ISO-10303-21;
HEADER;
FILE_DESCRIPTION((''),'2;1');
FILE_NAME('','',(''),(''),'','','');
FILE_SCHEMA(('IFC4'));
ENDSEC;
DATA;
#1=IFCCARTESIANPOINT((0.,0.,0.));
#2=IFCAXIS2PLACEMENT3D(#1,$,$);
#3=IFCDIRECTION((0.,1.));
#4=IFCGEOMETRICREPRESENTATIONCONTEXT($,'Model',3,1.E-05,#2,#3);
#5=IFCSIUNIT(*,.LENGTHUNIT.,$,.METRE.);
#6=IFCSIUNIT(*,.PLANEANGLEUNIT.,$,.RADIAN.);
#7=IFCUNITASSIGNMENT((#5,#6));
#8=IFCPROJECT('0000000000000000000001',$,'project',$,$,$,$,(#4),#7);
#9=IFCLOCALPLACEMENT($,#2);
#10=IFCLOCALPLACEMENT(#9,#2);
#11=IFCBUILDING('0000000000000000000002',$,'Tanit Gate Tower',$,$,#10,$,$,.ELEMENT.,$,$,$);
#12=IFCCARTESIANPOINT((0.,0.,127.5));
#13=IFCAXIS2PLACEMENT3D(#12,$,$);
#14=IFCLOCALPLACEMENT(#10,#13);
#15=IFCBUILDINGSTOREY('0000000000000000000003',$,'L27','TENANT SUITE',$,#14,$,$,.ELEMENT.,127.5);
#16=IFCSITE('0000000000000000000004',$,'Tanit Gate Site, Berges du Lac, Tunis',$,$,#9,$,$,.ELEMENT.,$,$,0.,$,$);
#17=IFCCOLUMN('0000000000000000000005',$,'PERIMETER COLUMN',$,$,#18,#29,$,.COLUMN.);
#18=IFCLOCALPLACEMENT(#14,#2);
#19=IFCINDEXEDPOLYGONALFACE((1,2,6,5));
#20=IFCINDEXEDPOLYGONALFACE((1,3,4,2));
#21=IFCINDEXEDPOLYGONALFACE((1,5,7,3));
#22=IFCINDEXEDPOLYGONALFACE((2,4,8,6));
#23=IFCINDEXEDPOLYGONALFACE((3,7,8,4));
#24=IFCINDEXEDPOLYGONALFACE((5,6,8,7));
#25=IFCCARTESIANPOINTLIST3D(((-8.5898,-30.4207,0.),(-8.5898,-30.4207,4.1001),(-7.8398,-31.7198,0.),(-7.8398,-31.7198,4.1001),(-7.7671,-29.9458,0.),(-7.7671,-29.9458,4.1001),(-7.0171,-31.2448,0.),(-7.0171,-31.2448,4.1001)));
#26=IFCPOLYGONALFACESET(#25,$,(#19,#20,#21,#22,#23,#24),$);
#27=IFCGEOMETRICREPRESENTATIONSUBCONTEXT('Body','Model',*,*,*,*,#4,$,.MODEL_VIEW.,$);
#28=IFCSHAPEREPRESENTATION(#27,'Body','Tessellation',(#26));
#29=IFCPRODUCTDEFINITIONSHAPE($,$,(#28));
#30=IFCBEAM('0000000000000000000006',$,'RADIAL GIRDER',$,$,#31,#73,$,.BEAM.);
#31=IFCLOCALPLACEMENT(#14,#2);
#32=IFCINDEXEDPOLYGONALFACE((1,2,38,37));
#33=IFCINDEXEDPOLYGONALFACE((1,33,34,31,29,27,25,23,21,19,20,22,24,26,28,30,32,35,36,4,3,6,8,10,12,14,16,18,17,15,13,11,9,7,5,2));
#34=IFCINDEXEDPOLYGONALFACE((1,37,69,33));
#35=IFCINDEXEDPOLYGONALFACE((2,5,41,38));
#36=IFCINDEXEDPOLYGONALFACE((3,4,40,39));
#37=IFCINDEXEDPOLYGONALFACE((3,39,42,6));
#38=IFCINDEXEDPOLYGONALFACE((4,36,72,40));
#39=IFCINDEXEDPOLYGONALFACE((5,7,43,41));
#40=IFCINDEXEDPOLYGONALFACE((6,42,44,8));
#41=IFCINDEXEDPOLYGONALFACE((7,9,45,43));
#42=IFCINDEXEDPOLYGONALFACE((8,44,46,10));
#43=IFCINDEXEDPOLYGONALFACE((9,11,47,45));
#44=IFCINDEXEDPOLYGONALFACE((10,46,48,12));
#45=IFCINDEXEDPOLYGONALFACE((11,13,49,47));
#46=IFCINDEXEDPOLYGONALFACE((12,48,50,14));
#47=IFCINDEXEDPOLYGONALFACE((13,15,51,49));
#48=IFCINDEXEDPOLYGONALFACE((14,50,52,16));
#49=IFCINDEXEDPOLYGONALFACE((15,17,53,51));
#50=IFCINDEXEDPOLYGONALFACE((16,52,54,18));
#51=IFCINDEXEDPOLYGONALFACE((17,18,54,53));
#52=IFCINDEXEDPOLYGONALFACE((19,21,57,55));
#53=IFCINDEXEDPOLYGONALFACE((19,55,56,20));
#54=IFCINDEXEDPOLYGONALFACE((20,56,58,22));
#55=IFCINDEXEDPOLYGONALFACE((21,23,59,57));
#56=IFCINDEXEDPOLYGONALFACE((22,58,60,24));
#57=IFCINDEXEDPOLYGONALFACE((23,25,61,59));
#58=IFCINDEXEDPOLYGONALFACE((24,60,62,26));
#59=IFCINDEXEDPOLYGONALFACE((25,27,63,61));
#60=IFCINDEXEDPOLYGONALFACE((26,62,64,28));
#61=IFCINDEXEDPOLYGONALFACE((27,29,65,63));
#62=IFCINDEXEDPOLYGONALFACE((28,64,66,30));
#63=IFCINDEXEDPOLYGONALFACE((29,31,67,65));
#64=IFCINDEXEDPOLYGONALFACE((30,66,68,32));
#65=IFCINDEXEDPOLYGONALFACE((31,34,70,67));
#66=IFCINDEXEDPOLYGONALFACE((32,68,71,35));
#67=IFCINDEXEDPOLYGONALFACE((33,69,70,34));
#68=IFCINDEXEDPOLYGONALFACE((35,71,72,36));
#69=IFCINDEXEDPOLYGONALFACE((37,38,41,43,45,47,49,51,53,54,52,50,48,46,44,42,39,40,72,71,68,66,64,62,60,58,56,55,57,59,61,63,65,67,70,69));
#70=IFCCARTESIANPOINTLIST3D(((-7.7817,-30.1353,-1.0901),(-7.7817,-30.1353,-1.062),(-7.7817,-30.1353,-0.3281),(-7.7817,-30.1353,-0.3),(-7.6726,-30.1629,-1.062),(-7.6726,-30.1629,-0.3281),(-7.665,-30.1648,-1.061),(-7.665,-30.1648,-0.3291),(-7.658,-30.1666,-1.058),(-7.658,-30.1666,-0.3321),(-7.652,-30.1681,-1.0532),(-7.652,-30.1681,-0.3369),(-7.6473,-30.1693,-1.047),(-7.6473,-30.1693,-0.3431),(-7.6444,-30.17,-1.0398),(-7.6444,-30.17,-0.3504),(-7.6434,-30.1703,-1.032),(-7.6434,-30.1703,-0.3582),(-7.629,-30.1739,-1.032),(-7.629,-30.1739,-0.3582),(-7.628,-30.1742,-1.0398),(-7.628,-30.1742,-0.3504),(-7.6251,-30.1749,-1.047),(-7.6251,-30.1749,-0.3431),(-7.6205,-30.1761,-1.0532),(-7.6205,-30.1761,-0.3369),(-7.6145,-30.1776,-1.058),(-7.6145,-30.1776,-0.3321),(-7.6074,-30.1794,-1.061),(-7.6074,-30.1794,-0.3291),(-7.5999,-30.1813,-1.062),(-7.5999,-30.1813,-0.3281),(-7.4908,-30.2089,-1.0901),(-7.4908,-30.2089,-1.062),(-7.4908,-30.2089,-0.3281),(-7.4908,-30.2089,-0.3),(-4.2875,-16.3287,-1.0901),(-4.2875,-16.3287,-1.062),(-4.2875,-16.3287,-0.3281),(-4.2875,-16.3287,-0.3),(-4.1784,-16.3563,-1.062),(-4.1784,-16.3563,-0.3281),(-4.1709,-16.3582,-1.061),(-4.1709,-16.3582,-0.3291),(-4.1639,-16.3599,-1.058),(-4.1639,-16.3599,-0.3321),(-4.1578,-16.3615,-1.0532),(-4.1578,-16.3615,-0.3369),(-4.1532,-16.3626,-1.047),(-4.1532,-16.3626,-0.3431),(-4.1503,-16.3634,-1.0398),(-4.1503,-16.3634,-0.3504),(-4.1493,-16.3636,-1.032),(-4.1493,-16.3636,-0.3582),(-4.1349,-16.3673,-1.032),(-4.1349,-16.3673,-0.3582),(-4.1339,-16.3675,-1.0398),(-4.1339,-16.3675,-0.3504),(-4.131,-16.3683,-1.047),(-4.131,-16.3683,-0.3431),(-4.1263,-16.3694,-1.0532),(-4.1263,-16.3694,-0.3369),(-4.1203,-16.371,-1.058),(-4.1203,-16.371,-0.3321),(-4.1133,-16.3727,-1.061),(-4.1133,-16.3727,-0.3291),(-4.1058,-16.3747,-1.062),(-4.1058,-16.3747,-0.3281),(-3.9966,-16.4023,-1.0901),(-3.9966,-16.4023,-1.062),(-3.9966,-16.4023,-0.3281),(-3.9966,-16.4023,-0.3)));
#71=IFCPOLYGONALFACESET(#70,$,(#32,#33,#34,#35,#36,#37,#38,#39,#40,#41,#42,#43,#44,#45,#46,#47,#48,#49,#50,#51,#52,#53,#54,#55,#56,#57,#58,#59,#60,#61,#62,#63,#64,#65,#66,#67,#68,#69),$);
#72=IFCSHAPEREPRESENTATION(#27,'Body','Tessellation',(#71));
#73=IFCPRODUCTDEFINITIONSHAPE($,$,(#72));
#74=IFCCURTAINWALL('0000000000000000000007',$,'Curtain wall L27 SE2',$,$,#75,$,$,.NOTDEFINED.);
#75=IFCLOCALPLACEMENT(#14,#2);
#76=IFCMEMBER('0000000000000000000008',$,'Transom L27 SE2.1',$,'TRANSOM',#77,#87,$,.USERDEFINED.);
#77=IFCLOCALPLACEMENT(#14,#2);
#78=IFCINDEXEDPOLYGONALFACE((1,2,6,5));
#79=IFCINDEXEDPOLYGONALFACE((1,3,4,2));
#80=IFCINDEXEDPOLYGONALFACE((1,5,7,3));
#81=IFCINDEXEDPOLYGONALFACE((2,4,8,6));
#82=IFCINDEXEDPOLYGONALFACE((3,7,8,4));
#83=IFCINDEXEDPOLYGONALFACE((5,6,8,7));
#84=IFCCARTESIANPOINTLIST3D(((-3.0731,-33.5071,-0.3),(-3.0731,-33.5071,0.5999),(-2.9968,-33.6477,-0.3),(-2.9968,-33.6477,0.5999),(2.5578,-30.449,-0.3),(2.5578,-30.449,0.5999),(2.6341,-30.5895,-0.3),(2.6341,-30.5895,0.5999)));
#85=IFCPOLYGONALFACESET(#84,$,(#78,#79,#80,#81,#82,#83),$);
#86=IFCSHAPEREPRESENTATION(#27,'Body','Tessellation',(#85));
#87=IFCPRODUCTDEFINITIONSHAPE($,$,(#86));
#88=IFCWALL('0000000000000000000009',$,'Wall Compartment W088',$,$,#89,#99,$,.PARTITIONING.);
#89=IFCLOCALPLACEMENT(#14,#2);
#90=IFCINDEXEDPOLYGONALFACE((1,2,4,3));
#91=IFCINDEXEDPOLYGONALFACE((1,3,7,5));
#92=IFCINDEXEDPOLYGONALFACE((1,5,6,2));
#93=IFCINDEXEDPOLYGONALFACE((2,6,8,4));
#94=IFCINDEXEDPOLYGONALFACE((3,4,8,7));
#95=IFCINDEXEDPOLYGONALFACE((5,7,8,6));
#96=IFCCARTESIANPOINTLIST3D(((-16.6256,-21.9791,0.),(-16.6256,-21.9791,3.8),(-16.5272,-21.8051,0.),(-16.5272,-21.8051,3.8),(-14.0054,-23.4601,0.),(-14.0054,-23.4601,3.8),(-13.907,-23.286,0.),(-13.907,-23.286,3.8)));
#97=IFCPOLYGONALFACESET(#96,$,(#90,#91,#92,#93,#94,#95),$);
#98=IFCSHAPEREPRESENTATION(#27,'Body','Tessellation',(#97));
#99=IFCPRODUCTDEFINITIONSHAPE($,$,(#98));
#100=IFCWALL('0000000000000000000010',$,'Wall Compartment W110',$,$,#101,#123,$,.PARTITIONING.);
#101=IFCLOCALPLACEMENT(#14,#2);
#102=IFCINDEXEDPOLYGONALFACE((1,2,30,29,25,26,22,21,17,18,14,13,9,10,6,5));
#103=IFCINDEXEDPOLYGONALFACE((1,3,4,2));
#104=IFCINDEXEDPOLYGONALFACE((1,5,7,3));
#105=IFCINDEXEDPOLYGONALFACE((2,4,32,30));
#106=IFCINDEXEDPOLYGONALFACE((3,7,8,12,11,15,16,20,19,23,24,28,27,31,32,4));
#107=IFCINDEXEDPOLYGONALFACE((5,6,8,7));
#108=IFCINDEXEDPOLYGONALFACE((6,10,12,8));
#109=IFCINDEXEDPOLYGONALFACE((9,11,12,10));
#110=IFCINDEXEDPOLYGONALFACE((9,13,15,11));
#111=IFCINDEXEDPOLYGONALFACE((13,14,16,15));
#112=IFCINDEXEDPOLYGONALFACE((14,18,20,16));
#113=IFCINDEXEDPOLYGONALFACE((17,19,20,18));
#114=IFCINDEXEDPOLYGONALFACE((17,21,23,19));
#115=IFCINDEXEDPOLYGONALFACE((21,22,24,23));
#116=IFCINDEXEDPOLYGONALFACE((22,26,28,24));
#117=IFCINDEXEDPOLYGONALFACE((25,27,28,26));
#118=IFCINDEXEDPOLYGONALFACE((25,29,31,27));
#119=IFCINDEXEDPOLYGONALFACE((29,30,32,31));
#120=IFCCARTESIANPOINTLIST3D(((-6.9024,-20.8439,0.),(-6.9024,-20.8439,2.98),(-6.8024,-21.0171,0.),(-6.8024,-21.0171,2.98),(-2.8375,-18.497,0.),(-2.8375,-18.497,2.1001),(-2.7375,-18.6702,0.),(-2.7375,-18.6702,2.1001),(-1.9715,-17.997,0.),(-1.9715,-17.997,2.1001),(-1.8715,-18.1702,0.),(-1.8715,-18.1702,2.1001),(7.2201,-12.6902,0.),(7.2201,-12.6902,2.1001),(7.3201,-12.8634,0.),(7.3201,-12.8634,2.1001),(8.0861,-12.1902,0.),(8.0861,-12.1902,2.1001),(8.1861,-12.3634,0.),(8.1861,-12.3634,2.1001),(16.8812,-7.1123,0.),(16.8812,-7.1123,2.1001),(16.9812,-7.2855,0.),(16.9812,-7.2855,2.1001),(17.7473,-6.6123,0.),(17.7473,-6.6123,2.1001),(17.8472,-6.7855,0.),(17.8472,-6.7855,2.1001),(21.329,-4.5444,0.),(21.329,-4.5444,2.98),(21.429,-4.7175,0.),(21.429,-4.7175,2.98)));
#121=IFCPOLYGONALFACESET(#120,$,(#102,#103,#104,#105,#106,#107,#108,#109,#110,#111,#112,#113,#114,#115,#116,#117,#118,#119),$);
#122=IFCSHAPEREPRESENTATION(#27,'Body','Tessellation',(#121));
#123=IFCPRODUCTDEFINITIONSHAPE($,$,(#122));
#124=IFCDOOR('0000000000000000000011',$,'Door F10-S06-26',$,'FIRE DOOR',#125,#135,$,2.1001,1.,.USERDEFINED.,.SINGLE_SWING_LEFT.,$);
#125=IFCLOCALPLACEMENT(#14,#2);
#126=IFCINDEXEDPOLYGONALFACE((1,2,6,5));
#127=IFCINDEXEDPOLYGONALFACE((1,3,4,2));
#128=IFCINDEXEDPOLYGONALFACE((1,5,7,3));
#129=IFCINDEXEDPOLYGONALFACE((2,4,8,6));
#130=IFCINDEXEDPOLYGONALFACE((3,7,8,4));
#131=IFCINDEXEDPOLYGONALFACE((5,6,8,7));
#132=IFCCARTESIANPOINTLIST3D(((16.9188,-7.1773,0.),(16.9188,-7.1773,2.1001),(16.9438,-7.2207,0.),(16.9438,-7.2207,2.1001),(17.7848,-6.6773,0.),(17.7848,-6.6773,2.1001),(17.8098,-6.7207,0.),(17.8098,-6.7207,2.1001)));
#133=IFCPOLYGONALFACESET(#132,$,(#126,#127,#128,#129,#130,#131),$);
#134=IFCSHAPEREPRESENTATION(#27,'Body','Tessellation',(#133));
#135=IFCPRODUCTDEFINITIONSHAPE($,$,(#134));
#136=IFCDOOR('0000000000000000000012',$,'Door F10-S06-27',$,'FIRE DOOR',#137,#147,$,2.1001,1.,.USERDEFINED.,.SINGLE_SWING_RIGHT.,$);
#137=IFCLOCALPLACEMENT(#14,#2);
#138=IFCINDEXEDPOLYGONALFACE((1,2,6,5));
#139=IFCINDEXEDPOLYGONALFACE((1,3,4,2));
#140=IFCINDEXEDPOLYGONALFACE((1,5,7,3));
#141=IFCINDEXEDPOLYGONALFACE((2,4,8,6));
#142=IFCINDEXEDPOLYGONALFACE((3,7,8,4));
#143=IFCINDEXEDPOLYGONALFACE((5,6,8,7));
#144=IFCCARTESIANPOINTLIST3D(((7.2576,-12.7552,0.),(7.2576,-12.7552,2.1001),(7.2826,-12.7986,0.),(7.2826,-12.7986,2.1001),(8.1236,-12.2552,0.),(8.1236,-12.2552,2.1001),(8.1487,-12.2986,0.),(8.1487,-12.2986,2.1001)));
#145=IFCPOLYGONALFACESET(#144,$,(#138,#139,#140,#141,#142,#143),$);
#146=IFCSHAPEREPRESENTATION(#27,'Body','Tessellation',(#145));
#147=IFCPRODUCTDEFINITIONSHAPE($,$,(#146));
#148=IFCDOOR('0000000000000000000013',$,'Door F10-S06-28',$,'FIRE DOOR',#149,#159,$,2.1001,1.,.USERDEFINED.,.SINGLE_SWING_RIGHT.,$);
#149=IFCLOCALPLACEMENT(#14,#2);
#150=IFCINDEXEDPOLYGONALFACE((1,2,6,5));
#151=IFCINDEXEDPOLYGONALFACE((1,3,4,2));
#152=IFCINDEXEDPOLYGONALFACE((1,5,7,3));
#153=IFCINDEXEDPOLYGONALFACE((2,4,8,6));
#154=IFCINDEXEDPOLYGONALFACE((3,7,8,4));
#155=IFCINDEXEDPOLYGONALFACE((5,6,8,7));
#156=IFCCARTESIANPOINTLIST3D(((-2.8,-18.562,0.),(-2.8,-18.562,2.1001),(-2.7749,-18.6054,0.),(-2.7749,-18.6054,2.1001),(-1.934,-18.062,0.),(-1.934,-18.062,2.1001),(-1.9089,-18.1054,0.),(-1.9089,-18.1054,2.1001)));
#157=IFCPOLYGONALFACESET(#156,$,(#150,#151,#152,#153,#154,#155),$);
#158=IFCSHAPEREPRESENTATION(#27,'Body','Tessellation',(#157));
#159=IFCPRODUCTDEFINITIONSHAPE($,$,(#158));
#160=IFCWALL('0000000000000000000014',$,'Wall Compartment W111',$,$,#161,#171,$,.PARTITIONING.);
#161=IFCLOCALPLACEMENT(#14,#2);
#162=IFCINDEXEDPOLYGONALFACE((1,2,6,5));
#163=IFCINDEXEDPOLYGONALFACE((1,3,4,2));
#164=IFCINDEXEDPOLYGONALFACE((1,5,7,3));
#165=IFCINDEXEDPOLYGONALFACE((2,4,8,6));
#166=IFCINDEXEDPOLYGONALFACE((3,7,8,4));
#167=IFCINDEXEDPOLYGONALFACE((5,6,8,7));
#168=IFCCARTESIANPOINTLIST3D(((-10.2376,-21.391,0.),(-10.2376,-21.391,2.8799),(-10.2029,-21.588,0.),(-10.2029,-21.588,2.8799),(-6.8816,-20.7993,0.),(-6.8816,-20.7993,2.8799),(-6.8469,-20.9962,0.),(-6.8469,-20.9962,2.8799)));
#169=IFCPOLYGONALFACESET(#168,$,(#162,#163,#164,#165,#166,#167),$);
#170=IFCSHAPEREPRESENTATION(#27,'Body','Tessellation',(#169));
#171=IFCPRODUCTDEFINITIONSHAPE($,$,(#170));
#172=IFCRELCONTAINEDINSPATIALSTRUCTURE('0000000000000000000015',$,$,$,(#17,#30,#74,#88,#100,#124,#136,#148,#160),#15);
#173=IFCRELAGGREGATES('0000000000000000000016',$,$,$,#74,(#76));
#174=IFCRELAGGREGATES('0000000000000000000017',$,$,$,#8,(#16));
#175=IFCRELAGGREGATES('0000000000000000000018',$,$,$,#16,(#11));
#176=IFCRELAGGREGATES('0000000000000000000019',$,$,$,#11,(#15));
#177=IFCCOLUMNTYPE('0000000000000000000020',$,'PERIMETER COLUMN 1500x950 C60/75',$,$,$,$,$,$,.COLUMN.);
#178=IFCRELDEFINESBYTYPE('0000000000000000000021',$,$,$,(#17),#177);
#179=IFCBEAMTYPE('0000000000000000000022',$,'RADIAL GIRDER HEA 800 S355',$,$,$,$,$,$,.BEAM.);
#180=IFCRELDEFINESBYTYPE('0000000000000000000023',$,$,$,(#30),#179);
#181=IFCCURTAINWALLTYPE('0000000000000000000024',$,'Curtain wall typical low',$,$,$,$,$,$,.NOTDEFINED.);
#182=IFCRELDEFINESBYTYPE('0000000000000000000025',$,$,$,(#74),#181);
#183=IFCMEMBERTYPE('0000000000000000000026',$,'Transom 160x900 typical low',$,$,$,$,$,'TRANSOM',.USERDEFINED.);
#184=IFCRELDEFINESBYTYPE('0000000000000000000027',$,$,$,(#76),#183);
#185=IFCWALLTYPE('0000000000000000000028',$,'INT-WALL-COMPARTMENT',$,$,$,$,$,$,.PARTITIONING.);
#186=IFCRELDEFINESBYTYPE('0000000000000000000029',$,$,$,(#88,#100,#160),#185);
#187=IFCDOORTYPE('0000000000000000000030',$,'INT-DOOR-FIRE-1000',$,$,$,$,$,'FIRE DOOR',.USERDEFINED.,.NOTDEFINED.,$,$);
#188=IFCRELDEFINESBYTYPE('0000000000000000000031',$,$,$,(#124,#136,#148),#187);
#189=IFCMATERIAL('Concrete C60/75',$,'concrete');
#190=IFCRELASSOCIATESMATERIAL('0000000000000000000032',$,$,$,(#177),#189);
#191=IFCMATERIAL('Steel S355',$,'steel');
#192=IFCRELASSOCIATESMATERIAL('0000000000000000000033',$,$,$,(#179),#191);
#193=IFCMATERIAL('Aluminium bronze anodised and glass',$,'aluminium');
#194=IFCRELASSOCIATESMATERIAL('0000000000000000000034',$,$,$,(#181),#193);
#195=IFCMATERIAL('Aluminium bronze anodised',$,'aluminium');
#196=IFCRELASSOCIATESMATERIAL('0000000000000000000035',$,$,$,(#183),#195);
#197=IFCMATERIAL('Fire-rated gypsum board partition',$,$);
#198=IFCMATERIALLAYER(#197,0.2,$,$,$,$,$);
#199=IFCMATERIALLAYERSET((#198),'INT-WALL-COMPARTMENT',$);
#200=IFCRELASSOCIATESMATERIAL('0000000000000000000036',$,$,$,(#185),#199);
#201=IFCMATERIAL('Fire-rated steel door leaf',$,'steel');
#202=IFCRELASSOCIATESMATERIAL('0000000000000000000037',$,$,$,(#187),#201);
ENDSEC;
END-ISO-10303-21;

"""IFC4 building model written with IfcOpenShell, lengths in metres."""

from ifc_helpers import new_model, si_unit, direction, frame, frame_2d, origin, origin_2d, place, context, subcontext, project, spatial, rectangle, i_section, extrude, material, layer, layer_set, material_profile, profile_set, type_object, element, fill, aggregate, save


model = new_model("IFC4")

# Units and contexts
model_context = context("Model", 3, precision=1e-05, world=origin(), true_north=direction((0.0, 1.0)))
body_context = subcontext(model_context, "Body", "Model", "MODEL_VIEW")
ifc_project = project(units=[si_unit("LENGTHUNIT", "METRE"), si_unit("PLANEANGLEUNIT", "RADIAN")], contexts=[model_context])

# Site, building, storey
site_placement = place(None, origin())
site = spatial("IfcSite", under=ifc_project, at=site_placement, Name="Tanit Gate Site, Berges du Lac, Tunis", CompositionType="ELEMENT", RefElevation=0.0)
building_placement = place(site_placement, origin())
building = spatial("IfcBuilding", under=site, at=building_placement, Name="Tanit Gate Tower", CompositionType="ELEMENT")
storey_placement = place(building_placement, frame((0.0, 0.0, 127.5)))
storey = spatial("IfcBuildingStorey", under=building, at=storey_placement, Name="L27", Description="TENANT SUITE", CompositionType="ELEMENT", Elevation=127.5)

# Column
ifc_material_1 = material(Name="Concrete C60/75", Category="concrete")
ifc_material_profile_1 = material_profile(ifc_material_1, rectangle(XDim=1.5, YDim=0.95, at=origin_2d()), Name="RC 1500x950")
ifc_profile_set_1 = profile_set([ifc_material_profile_1], Name="Concrete C60/75")
column_type = type_object("IfcColumnType", Name="PERIMETER COLUMN 1500x950 C60/75", PredefinedType="COLUMN", material=ifc_profile_set_1)
column_placement = place(storey_placement, frame((-7.8035, -30.8328, 0.0), z_axis=(0.0, 0.0, 1.0), x_axis=(0.5, -0.866025, 0.0)))
element("IfcColumn", 1, at=column_placement, inside=storey, type_object=column_type, Name="PERIMETER COLUMN", PredefinedType="COLUMN", context=body_context, shape_type="SweptSolid", body=[
    extrude(rectangle(XDim=1.5, YDim=0.95, at=origin_2d()), origin(), (0.0, 0.0, 1.0), 4.1001),
])

# Beam
ifc_material_2 = material(Name="Steel S355", Category="steel")
ifc_material_profile_2 = material_profile(ifc_material_2, i_section(OverallWidth=0.3, OverallDepth=0.79, WebThickness=0.0149, FlangeThickness=0.0281, FilletRadius=0.03, at=origin_2d()), Name="HEA 800")
ifc_profile_set_2 = profile_set([ifc_material_profile_2], Name="Steel S355")
beam_type = type_object("IfcBeamType", Name="RADIAL GIRDER HEA 800 S355", PredefinedType="BEAM", material=ifc_profile_set_2)
beam_placement = place(storey_placement, frame((-7.6362, -30.1721, -0.6951), z_axis=(0.245342, 0.969437, 0.0), x_axis=(-0.969437, 0.245342, 0.0)))
element("IfcBeam", 2, at=beam_placement, inside=storey, type_object=beam_type, Name="RADIAL GIRDER", PredefinedType="BEAM", context=body_context, shape_type="SweptSolid", body=[
    extrude(i_section(OverallWidth=0.3, OverallDepth=0.79, WebThickness=0.0149, FlangeThickness=0.0281, FilletRadius=0.03, at=origin_2d()), origin(), (0.0, 0.0, 1.0), 14.2419),
])

# Curtain wall, member
ifc_material_3 = material(Name="Aluminium bronze anodised and glass", Category="aluminium")
curtain_wall_type = type_object("IfcCurtainWallType", Name="Curtain wall typical low", PredefinedType="NOTDEFINED", material=ifc_material_3)
curtain_wall_placement = place(storey_placement, origin())
curtain_wall = element("IfcCurtainWall", 3, at=curtain_wall_placement, inside=storey, type_object=curtain_wall_type, Name="Curtain wall L27 SE2", PredefinedType="NOTDEFINED")
ifc_material_4 = material(Name="Aluminium bronze anodised", Category="aluminium")
ifc_material_profile_3 = material_profile(ifc_material_4, rectangle(XDim=0.1599, YDim=0.8999, at=origin_2d()), Name="160x900 bronze transom")
ifc_profile_set_3 = profile_set([ifc_material_profile_3], Name="Aluminium bronze anodised")
member_type = type_object("IfcMemberType", Name="Transom 160x900 typical low", ElementType="TRANSOM", PredefinedType="USERDEFINED", material=ifc_profile_set_3)
member_placement = place(storey_placement, frame((-3.0349, -33.5774, 0.1499), z_axis=(0.878765, 0.477255, 0.0), x_axis=(-0.477255, 0.878765, 0.0)))
member = element("IfcMember", 4, at=member_placement, type_object=member_type, Name="Transom L27 SE2.1", ObjectType="TRANSOM", PredefinedType="USERDEFINED", context=body_context, shape_type="SweptSolid", body=[
    extrude(rectangle(XDim=0.1599, YDim=0.8999, at=origin_2d()), origin(), (0.0, 0.0, 1.0), 6.4077),
])
aggregate(curtain_wall, [member])

# Wall
ifc_material_5 = material(Name="Fire-rated gypsum board partition")
ifc_layer_1 = layer(ifc_material_5, 0.2)
ifc_layer_set_1 = layer_set([ifc_layer_1], Name="INT-WALL-COMPARTMENT")
wall_type_1 = type_object("IfcWallType", Name="INT-WALL-COMPARTMENT", PredefinedType="PARTITIONING", material=ifc_layer_set_1)
wall_1_placement = place(storey_placement, frame((-16.5764, -21.8921, 0.0), z_axis=(0.0, 0.0, 1.0), x_axis=(0.87056, -0.492063, 0.0)))
element("IfcWall", 5, at=wall_1_placement, inside=storey, type_object=wall_type_1, Name="Wall Compartment W088", PredefinedType="PARTITIONING", context=body_context, shape_type="SweptSolid", body=[
    extrude(rectangle(XDim=3.0098, YDim=0.2, at=frame_2d((1.5049, 0.0))), origin(), (0.0, 0.0, 1.0), 3.8),
])

# Wall, openings, doors
wall_2_placement = place(storey_placement, frame((-6.8523, -20.9304, 0.0), z_axis=(0.0, 0.0, 1.0), x_axis=(0.866024, 0.500003, 0.0)))
wall_2 = element("IfcWall", 6, at=wall_2_placement, inside=storey, type_object=wall_type_1, Name="Wall Compartment W110", PredefinedType="PARTITIONING", context=body_context, shape_type="SweptSolid", body=[
    extrude(rectangle(XDim=32.5989, YDim=0.2, at=frame_2d((16.2993, 0.0))), origin(), (0.0, 0.0, 1.0), 2.98),
])
opening_1_placement = place(wall_2_placement, frame((27.4629, 0.0, 0.0)))
opening_1 = element("IfcOpeningElement", 7, at=opening_1_placement, cuts=wall_2, PredefinedType="OPENING", context=body_context, shape_type="SweptSolid", body=[
    extrude(rectangle(XDim=1.0, YDim=2.1001, at=frame_2d((0.5, 1.05))), frame((0.0, 0.1099, 0.0), z_axis=(0.0, -1.0, 0.0), x_axis=(1.0, 0.0, 0.0)), (0.0, 0.0, 1.0), 0.22),
])
opening_2_placement = place(wall_2_placement, frame((16.3071, 0.0, 0.0)))
opening_2 = element("IfcOpeningElement", 8, at=opening_2_placement, cuts=wall_2, PredefinedType="OPENING", context=body_context, shape_type="SweptSolid", body=[
    extrude(rectangle(XDim=1.0, YDim=2.1001, at=frame_2d((0.5, 1.05))), frame((0.0, 0.1099, 0.0), z_axis=(0.0, -1.0, 0.0), x_axis=(1.0, 0.0, 0.0)), (0.0, 0.0, 1.0), 0.22),
])
opening_3_placement = place(wall_2_placement, frame((4.6936, 0.0, 0.0)))
opening_3 = element("IfcOpeningElement", 9, at=opening_3_placement, cuts=wall_2, PredefinedType="OPENING", context=body_context, shape_type="SweptSolid", body=[
    extrude(rectangle(XDim=1.0, YDim=2.1001, at=frame_2d((0.5, 1.05))), frame((0.0, 0.1099, 0.0), z_axis=(0.0, -1.0, 0.0), x_axis=(1.0, 0.0, 0.0)), (0.0, 0.0, 1.0), 0.22),
])
ifc_material_6 = material(Name="Fire-rated steel door leaf", Category="steel")
door_type_1 = type_object("IfcDoorType", Name="INT-DOOR-FIRE-1000", ElementType="FIRE DOOR", OperationType="NOTDEFINED", PredefinedType="USERDEFINED", material=ifc_material_6)
door_1_placement = place(opening_1_placement, origin())
door_1 = element("IfcDoor", 10, at=door_1_placement, inside=storey, type_object=door_type_1, Name="Door F10-S06-26", ObjectType="FIRE DOOR", OperationType="SINGLE_SWING_LEFT", OverallHeight=2.1001, OverallWidth=1.0, PredefinedType="USERDEFINED", context=body_context, shape_type="SweptSolid", body=[
    extrude(rectangle(XDim=1.0, YDim=2.1001, at=frame_2d((0.5, 1.05))), frame((0.0, 0.0249, 0.0), z_axis=(0.0, -1.0, 0.0), x_axis=(1.0, 0.0, 0.0)), (0.0, 0.0, 1.0), 0.05),
])
fill(opening_1, door_1)
door_2_placement = place(opening_2_placement, origin())
door_2 = element("IfcDoor", 11, at=door_2_placement, inside=storey, type_object=door_type_1, Name="Door F10-S06-27", ObjectType="FIRE DOOR", OperationType="SINGLE_SWING_RIGHT", OverallHeight=2.1001, OverallWidth=1.0, PredefinedType="USERDEFINED", context=body_context, shape_type="SweptSolid", body=[
    extrude(rectangle(XDim=1.0, YDim=2.1001, at=frame_2d((0.5, 1.05))), frame((0.0, 0.0249, 0.0), z_axis=(0.0, -1.0, 0.0), x_axis=(1.0, 0.0, 0.0)), (0.0, 0.0, 1.0), 0.05),
])
fill(opening_2, door_2)
door_3_placement = place(opening_3_placement, origin())
door_3 = element("IfcDoor", 12, at=door_3_placement, inside=storey, type_object=door_type_1, Name="Door F10-S06-28", ObjectType="FIRE DOOR", OperationType="SINGLE_SWING_RIGHT", OverallHeight=2.1001, OverallWidth=1.0, PredefinedType="USERDEFINED", context=body_context, shape_type="SweptSolid", body=[
    extrude(rectangle(XDim=1.0, YDim=2.1001, at=frame_2d((0.5, 1.05))), frame((0.0, 0.0249, 0.0), z_axis=(0.0, -1.0, 0.0), x_axis=(1.0, 0.0, 0.0)), (0.0, 0.0, 1.0), 0.05),
])
fill(opening_3, door_3)

# Wall
wall_3_placement = place(storey_placement, frame((-10.2202, -21.4895, 0.0), z_axis=(0.0, 0.0, 1.0), x_axis=(0.984805, 0.173663, 0.0)))
element("IfcWall", 13, at=wall_3_placement, inside=storey, type_object=wall_type_1, Name="Wall Compartment W111", PredefinedType="PARTITIONING", context=body_context, shape_type="SweptSolid", body=[
    extrude(rectangle(XDim=3.4077, YDim=0.2, at=frame_2d((1.7039, 0.0))), origin(), (0.0, 0.0, 1.0), 2.8799),
])

save(model, "model.ifc")
